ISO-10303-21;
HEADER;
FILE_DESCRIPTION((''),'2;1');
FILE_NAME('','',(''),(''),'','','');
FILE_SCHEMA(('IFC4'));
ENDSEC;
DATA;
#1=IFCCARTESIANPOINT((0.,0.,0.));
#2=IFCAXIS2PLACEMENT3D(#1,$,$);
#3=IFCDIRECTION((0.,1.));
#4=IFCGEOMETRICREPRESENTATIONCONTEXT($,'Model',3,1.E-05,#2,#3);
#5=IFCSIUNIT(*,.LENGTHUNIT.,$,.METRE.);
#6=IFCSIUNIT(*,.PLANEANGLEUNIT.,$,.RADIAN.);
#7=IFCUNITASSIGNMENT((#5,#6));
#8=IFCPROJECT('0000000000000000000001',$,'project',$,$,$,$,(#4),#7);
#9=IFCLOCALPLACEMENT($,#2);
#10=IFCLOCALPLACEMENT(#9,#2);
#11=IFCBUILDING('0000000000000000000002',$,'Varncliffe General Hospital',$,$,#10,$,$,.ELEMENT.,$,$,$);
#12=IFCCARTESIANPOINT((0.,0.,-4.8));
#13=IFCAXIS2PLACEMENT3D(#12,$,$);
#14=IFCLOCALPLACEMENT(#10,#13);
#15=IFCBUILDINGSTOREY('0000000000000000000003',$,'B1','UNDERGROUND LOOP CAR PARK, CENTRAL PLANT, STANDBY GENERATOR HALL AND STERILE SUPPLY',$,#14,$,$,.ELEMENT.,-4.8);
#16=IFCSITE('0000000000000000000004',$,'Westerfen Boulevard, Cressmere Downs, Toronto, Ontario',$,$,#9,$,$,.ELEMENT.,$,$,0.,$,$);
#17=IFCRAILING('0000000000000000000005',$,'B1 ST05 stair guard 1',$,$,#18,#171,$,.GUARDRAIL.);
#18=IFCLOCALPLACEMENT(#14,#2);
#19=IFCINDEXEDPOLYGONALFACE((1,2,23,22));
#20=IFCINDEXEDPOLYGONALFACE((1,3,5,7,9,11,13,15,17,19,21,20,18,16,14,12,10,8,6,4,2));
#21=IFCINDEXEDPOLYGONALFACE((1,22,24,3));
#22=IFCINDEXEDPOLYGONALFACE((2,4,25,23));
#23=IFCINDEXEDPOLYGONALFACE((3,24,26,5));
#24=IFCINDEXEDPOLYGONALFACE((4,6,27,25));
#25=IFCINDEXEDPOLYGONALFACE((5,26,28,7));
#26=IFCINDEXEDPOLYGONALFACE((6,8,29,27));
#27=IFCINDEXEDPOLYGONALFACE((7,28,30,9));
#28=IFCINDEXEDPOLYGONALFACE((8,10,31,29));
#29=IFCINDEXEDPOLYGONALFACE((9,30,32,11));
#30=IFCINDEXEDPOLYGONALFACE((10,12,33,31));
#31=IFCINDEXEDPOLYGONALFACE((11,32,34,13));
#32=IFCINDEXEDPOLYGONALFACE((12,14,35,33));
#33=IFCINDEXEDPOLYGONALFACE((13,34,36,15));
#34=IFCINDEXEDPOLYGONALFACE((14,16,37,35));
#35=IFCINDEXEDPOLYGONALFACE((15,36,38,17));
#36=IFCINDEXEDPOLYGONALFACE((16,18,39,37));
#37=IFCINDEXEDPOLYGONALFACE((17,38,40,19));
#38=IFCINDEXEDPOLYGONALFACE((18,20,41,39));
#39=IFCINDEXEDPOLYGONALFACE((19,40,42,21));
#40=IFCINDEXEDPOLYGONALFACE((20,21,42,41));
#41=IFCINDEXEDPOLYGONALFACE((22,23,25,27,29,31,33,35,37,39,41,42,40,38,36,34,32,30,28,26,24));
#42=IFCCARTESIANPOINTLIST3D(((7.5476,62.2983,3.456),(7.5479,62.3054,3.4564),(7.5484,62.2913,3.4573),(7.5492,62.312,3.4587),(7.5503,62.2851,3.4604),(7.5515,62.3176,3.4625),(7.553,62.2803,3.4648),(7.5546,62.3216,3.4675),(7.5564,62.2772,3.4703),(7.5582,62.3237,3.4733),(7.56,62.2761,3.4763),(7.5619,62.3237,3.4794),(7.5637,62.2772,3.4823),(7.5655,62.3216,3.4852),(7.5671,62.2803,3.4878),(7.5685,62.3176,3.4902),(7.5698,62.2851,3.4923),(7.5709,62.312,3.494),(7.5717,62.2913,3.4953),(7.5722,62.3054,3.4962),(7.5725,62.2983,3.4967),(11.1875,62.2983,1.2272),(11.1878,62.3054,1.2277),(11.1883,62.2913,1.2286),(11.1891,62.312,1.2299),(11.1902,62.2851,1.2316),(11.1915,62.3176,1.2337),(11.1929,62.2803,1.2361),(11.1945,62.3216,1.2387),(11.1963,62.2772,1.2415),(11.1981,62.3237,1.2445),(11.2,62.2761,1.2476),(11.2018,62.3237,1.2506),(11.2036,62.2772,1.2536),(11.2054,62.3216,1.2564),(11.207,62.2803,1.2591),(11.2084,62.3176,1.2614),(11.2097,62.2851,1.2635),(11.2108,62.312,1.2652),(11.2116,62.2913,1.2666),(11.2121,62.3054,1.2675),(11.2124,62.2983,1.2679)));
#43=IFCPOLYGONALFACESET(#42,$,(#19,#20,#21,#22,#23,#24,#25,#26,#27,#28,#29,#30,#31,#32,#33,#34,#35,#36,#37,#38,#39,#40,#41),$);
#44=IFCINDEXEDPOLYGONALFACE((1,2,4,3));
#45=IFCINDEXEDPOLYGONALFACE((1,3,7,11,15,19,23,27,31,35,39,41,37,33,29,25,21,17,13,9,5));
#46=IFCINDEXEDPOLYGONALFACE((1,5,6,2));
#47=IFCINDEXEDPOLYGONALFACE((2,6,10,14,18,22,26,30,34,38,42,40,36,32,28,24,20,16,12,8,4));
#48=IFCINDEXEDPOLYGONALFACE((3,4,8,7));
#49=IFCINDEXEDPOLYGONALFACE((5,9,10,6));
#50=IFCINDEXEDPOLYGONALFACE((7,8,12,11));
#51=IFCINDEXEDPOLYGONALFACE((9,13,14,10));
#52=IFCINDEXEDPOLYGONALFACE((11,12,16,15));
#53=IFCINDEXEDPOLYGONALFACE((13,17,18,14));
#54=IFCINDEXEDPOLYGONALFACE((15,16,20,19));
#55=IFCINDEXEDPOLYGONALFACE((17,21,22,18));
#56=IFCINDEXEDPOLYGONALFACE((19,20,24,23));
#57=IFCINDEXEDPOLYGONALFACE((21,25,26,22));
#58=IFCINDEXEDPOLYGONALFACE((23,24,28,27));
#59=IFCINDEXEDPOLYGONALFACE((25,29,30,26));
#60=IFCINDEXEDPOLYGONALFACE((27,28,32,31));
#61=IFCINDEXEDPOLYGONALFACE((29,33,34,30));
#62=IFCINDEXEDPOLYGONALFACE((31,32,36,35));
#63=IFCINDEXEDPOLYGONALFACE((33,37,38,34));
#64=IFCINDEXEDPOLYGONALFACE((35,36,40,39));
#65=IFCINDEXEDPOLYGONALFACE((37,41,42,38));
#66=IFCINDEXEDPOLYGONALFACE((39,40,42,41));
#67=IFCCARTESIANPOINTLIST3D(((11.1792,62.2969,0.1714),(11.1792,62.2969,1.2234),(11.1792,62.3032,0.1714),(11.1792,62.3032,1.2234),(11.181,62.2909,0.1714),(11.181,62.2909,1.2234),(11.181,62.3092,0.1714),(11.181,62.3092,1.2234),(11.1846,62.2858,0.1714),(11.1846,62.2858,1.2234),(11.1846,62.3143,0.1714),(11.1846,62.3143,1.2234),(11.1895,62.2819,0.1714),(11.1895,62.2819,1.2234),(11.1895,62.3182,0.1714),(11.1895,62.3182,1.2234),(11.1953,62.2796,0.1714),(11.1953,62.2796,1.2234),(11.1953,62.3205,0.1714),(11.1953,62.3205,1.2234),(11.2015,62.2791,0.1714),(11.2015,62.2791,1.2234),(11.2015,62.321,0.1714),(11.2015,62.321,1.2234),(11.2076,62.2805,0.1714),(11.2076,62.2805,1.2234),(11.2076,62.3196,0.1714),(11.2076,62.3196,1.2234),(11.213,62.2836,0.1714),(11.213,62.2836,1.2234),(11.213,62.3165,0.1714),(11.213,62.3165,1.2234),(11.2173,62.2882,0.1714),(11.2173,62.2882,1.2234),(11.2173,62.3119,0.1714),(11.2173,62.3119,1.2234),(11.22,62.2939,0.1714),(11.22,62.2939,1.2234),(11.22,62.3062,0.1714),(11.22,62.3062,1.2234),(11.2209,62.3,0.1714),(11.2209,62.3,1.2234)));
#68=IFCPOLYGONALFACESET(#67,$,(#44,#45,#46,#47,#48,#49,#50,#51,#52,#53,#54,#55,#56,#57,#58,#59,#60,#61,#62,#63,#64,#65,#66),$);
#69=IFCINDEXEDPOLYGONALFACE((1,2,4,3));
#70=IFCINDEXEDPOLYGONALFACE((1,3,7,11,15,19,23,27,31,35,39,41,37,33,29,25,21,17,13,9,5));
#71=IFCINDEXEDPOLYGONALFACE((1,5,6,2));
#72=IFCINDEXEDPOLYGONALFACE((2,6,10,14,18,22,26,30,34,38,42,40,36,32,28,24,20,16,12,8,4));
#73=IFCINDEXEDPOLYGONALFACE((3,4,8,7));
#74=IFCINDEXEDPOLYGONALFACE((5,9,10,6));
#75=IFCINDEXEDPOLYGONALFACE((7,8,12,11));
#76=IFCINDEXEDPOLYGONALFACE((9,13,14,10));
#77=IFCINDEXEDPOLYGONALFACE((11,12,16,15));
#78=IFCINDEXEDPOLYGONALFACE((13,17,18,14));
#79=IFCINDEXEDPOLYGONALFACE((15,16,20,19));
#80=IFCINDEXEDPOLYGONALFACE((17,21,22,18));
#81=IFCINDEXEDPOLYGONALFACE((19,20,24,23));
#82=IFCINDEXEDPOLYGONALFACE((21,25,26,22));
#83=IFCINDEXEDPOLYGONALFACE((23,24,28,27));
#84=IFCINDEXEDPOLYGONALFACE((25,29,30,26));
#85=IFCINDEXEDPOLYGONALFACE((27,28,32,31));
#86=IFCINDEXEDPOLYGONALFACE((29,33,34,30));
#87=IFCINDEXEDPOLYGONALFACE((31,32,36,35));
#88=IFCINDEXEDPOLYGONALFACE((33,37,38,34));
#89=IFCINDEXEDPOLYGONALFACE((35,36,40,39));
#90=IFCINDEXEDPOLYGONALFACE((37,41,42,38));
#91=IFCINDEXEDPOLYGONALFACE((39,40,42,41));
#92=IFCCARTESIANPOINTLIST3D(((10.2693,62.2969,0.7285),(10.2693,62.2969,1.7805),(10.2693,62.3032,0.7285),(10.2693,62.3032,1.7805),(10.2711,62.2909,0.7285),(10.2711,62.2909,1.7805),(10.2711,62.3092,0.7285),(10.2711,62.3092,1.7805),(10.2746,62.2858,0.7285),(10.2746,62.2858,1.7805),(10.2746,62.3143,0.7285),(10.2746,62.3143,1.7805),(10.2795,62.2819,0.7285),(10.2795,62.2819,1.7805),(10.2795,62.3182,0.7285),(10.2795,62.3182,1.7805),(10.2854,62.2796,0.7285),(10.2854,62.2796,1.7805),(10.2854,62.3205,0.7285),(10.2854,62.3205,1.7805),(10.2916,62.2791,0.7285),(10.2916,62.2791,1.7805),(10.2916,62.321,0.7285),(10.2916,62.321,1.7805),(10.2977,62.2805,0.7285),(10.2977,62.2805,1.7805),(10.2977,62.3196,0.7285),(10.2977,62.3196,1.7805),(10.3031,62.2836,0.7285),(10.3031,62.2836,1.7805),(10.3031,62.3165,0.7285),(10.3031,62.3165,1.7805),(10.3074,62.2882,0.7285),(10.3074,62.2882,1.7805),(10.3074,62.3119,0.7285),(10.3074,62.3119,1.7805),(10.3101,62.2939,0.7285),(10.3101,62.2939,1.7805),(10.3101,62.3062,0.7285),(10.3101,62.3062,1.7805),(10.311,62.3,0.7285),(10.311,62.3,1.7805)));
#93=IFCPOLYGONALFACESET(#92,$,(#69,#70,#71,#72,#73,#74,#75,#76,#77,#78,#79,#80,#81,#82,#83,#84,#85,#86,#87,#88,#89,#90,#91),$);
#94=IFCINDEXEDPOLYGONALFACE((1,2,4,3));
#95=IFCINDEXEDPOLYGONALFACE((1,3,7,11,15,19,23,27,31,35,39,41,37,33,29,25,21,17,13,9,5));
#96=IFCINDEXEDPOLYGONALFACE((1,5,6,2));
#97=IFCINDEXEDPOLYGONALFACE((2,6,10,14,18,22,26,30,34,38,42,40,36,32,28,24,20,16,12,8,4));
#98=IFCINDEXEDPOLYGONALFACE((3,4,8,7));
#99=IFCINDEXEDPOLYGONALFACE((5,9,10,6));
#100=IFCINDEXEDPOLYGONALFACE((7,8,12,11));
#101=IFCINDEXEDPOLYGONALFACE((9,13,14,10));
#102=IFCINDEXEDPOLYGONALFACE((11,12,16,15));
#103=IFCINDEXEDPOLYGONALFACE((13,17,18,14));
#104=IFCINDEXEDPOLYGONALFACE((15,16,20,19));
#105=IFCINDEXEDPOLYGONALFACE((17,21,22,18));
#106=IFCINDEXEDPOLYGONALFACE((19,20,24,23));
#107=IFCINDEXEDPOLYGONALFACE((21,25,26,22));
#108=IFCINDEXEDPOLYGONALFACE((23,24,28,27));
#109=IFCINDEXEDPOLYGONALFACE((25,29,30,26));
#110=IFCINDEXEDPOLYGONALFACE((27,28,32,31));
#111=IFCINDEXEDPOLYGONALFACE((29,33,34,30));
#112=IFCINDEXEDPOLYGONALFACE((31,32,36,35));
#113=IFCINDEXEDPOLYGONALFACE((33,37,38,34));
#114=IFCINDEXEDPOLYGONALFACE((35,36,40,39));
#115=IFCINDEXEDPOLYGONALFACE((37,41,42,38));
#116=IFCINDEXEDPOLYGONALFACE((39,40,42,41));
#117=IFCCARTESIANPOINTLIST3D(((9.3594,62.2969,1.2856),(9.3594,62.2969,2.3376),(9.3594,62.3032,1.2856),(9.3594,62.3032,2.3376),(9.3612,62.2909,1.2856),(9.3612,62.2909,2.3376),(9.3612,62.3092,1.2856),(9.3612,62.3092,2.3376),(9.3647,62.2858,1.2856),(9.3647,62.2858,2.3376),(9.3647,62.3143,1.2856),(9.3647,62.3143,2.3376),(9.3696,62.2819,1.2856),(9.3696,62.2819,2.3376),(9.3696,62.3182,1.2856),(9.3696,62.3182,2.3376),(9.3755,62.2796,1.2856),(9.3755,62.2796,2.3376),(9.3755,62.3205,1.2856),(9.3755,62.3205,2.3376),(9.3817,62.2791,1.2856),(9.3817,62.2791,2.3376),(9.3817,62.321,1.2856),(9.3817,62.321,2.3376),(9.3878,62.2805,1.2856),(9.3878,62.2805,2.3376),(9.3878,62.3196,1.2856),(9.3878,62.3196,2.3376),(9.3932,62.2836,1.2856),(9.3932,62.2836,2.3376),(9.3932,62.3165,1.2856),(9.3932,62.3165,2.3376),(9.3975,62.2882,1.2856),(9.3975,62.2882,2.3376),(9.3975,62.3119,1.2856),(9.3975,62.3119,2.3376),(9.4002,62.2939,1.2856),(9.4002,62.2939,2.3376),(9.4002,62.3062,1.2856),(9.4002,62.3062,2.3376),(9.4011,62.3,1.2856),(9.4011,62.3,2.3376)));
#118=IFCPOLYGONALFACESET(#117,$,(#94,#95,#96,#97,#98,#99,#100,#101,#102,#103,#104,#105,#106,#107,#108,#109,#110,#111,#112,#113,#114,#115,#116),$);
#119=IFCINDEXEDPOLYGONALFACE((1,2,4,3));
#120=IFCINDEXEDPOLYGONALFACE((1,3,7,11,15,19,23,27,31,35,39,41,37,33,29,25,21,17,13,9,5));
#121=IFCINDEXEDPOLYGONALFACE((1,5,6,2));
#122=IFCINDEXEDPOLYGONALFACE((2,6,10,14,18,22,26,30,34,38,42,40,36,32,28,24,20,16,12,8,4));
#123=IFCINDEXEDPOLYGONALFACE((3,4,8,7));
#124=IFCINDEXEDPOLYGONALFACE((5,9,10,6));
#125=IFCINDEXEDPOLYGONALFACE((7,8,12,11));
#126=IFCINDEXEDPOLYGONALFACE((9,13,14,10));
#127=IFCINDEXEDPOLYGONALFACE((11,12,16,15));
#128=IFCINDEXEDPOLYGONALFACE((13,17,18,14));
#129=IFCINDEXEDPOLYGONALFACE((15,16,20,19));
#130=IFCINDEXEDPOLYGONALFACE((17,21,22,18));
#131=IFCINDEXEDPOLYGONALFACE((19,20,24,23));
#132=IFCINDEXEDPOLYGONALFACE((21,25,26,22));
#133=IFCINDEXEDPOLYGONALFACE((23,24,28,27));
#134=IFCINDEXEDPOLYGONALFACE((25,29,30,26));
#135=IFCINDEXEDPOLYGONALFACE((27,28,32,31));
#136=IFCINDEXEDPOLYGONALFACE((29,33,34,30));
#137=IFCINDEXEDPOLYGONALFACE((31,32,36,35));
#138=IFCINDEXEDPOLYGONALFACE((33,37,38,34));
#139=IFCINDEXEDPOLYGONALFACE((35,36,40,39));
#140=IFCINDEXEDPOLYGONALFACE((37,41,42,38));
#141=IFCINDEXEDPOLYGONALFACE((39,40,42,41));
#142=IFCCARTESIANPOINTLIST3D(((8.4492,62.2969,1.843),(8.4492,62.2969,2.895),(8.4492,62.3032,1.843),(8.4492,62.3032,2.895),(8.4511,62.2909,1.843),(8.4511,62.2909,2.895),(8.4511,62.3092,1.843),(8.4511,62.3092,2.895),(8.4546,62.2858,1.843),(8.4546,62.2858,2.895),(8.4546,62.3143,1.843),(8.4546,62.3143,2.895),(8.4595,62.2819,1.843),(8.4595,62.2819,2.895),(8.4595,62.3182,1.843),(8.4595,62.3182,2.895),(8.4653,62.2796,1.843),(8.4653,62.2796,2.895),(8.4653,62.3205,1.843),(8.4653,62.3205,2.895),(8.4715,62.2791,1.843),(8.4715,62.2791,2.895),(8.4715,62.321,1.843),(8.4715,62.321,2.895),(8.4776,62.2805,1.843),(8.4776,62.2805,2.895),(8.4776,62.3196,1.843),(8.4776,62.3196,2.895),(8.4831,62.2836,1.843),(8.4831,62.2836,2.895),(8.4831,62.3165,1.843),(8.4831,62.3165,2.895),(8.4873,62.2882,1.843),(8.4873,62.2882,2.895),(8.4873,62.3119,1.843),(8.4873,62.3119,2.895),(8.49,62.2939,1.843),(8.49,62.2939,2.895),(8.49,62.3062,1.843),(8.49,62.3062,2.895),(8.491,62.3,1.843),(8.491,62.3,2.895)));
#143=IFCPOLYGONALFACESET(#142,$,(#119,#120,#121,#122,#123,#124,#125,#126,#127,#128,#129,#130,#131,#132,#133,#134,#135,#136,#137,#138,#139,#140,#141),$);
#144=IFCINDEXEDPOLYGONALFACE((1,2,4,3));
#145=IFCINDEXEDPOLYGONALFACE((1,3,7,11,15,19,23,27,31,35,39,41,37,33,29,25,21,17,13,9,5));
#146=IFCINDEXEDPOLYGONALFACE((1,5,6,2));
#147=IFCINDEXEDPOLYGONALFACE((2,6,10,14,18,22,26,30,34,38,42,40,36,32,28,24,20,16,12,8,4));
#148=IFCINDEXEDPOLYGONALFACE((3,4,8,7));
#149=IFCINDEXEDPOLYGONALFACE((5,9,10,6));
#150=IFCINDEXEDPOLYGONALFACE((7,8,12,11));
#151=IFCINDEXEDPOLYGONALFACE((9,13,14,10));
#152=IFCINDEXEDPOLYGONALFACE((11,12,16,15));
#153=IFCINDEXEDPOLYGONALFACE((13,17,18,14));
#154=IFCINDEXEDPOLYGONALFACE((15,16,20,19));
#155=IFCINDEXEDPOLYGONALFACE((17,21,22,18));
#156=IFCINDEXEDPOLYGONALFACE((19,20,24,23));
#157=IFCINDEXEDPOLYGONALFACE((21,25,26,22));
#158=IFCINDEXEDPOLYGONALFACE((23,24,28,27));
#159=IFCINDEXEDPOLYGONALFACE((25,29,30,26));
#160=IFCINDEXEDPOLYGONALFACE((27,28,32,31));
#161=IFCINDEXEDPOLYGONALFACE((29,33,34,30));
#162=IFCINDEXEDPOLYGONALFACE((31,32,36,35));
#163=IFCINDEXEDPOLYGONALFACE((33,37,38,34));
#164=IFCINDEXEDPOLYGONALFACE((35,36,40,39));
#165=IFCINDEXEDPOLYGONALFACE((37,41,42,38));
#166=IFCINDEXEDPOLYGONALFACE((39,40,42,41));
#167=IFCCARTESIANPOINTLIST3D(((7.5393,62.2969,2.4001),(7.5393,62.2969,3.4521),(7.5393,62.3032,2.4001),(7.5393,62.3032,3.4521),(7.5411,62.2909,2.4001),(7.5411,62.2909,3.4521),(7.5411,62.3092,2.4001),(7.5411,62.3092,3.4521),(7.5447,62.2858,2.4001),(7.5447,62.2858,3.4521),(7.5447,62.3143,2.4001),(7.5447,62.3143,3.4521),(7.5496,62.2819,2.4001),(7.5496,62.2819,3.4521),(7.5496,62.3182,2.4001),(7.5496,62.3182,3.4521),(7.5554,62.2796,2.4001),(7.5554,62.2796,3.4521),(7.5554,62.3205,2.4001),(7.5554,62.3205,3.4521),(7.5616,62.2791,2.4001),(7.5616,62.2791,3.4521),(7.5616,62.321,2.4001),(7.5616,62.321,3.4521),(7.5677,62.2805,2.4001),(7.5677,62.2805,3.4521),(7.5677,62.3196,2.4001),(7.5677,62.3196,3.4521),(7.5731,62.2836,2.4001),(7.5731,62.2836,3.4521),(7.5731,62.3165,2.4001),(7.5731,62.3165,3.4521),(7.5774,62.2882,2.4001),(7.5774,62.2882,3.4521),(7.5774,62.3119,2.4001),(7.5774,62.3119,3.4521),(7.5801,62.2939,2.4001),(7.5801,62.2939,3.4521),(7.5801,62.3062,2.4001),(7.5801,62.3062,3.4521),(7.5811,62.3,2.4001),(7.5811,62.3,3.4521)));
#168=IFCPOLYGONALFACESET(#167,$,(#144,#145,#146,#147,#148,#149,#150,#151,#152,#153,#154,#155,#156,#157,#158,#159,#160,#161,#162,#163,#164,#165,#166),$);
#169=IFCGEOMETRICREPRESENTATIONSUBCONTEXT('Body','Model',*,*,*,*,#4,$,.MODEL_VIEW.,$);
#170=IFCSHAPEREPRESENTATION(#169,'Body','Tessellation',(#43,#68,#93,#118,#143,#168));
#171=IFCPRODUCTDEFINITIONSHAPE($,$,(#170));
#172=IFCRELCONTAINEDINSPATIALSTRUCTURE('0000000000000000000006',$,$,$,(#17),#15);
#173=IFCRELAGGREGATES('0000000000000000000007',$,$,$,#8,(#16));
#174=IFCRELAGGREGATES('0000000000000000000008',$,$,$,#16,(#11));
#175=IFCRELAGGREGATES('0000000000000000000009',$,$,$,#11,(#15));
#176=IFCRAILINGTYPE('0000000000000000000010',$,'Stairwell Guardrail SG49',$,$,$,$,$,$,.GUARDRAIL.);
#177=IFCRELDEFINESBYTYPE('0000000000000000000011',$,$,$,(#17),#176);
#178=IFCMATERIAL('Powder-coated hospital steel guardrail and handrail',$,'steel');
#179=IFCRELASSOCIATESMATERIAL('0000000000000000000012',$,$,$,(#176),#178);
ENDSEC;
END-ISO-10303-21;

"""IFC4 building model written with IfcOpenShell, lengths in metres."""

from ifc_helpers import new_model, si_unit, direction, frame, origin, origin_2d, place, context, subcontext, project, spatial, circle, extrude, material, type_object, element, save


model = new_model("IFC4")

# Units and contexts
model_context = context("Model", 3, precision=1e-05, world=origin(), true_north=direction((0.0, 1.0)))
body_context = subcontext(model_context, "Body", "Model", "MODEL_VIEW")
ifc_project = project(units=[si_unit("LENGTHUNIT", "METRE"), si_unit("PLANEANGLEUNIT", "RADIAN")], contexts=[model_context])

# Site, building, storey
site_placement = place(None, origin())
site = spatial("IfcSite", under=ifc_project, at=site_placement, Name="Westerfen Boulevard, Cressmere Downs, Toronto, Ontario", CompositionType="ELEMENT", RefElevation=0.0)
building_placement = place(site_placement, origin())
building = spatial("IfcBuilding", under=site, at=building_placement, Name="Varncliffe General Hospital", CompositionType="ELEMENT")
storey_placement = place(building_placement, frame((0.0, 0.0, -4.8)))
storey = spatial("IfcBuildingStorey", under=building, at=storey_placement, Name="B1", Description="UNDERGROUND LOOP CAR PARK, CENTRAL PLANT, STANDBY GENERATOR HALL AND STERILE SUPPLY", CompositionType="ELEMENT", Elevation=-4.8)

# Railing
ifc_material_1 = material(Name="Powder-coated hospital steel guardrail and handrail", Category="steel")
railing_type_1 = type_object("IfcRailingType", Name="Stairwell Guardrail SG49", PredefinedType="GUARDRAIL", material=ifc_material_1)
railing_1_placement = place(storey_placement, frame((11.2, 62.3, 0.1714)))
element("IfcRailing", 1, at=railing_1_placement, inside=storey, type_object=railing_type_1, Name="B1 ST05 stair guard 1", PredefinedType="GUARDRAIL", context=body_context, shape_type="SweptSolid", body=[
    extrude(circle(Radius=0.0239, at=origin_2d()), frame((0.0, 0.0, 1.0762), z_axis=(-0.852825, 0.0, 0.522197), x_axis=(0.0, -1.0, 0.0)), (0.0, 0.0, 1.0), 4.2681),
    extrude(circle(Radius=0.021, at=origin_2d()), origin(), (0.0, 0.0, 1.0), 1.052),
    extrude(circle(Radius=0.021, at=origin_2d()), frame((-0.9099, 0.0, 0.5571)), (0.0, 0.0, 1.0), 1.052),
    extrude(circle(Radius=0.021, at=origin_2d()), frame((-1.8198, 0.0, 1.1143)), (0.0, 0.0, 1.0), 1.052),
    extrude(circle(Radius=0.021, at=origin_2d()), frame((-2.73, 0.0, 1.6716)), (0.0, 0.0, 1.0), 1.052),
    extrude(circle(Radius=0.021, at=origin_2d()), frame((-3.6399, 0.0, 2.2288)), (0.0, 0.0, 1.0), 1.052),
])

save(model, "model.ifc")
